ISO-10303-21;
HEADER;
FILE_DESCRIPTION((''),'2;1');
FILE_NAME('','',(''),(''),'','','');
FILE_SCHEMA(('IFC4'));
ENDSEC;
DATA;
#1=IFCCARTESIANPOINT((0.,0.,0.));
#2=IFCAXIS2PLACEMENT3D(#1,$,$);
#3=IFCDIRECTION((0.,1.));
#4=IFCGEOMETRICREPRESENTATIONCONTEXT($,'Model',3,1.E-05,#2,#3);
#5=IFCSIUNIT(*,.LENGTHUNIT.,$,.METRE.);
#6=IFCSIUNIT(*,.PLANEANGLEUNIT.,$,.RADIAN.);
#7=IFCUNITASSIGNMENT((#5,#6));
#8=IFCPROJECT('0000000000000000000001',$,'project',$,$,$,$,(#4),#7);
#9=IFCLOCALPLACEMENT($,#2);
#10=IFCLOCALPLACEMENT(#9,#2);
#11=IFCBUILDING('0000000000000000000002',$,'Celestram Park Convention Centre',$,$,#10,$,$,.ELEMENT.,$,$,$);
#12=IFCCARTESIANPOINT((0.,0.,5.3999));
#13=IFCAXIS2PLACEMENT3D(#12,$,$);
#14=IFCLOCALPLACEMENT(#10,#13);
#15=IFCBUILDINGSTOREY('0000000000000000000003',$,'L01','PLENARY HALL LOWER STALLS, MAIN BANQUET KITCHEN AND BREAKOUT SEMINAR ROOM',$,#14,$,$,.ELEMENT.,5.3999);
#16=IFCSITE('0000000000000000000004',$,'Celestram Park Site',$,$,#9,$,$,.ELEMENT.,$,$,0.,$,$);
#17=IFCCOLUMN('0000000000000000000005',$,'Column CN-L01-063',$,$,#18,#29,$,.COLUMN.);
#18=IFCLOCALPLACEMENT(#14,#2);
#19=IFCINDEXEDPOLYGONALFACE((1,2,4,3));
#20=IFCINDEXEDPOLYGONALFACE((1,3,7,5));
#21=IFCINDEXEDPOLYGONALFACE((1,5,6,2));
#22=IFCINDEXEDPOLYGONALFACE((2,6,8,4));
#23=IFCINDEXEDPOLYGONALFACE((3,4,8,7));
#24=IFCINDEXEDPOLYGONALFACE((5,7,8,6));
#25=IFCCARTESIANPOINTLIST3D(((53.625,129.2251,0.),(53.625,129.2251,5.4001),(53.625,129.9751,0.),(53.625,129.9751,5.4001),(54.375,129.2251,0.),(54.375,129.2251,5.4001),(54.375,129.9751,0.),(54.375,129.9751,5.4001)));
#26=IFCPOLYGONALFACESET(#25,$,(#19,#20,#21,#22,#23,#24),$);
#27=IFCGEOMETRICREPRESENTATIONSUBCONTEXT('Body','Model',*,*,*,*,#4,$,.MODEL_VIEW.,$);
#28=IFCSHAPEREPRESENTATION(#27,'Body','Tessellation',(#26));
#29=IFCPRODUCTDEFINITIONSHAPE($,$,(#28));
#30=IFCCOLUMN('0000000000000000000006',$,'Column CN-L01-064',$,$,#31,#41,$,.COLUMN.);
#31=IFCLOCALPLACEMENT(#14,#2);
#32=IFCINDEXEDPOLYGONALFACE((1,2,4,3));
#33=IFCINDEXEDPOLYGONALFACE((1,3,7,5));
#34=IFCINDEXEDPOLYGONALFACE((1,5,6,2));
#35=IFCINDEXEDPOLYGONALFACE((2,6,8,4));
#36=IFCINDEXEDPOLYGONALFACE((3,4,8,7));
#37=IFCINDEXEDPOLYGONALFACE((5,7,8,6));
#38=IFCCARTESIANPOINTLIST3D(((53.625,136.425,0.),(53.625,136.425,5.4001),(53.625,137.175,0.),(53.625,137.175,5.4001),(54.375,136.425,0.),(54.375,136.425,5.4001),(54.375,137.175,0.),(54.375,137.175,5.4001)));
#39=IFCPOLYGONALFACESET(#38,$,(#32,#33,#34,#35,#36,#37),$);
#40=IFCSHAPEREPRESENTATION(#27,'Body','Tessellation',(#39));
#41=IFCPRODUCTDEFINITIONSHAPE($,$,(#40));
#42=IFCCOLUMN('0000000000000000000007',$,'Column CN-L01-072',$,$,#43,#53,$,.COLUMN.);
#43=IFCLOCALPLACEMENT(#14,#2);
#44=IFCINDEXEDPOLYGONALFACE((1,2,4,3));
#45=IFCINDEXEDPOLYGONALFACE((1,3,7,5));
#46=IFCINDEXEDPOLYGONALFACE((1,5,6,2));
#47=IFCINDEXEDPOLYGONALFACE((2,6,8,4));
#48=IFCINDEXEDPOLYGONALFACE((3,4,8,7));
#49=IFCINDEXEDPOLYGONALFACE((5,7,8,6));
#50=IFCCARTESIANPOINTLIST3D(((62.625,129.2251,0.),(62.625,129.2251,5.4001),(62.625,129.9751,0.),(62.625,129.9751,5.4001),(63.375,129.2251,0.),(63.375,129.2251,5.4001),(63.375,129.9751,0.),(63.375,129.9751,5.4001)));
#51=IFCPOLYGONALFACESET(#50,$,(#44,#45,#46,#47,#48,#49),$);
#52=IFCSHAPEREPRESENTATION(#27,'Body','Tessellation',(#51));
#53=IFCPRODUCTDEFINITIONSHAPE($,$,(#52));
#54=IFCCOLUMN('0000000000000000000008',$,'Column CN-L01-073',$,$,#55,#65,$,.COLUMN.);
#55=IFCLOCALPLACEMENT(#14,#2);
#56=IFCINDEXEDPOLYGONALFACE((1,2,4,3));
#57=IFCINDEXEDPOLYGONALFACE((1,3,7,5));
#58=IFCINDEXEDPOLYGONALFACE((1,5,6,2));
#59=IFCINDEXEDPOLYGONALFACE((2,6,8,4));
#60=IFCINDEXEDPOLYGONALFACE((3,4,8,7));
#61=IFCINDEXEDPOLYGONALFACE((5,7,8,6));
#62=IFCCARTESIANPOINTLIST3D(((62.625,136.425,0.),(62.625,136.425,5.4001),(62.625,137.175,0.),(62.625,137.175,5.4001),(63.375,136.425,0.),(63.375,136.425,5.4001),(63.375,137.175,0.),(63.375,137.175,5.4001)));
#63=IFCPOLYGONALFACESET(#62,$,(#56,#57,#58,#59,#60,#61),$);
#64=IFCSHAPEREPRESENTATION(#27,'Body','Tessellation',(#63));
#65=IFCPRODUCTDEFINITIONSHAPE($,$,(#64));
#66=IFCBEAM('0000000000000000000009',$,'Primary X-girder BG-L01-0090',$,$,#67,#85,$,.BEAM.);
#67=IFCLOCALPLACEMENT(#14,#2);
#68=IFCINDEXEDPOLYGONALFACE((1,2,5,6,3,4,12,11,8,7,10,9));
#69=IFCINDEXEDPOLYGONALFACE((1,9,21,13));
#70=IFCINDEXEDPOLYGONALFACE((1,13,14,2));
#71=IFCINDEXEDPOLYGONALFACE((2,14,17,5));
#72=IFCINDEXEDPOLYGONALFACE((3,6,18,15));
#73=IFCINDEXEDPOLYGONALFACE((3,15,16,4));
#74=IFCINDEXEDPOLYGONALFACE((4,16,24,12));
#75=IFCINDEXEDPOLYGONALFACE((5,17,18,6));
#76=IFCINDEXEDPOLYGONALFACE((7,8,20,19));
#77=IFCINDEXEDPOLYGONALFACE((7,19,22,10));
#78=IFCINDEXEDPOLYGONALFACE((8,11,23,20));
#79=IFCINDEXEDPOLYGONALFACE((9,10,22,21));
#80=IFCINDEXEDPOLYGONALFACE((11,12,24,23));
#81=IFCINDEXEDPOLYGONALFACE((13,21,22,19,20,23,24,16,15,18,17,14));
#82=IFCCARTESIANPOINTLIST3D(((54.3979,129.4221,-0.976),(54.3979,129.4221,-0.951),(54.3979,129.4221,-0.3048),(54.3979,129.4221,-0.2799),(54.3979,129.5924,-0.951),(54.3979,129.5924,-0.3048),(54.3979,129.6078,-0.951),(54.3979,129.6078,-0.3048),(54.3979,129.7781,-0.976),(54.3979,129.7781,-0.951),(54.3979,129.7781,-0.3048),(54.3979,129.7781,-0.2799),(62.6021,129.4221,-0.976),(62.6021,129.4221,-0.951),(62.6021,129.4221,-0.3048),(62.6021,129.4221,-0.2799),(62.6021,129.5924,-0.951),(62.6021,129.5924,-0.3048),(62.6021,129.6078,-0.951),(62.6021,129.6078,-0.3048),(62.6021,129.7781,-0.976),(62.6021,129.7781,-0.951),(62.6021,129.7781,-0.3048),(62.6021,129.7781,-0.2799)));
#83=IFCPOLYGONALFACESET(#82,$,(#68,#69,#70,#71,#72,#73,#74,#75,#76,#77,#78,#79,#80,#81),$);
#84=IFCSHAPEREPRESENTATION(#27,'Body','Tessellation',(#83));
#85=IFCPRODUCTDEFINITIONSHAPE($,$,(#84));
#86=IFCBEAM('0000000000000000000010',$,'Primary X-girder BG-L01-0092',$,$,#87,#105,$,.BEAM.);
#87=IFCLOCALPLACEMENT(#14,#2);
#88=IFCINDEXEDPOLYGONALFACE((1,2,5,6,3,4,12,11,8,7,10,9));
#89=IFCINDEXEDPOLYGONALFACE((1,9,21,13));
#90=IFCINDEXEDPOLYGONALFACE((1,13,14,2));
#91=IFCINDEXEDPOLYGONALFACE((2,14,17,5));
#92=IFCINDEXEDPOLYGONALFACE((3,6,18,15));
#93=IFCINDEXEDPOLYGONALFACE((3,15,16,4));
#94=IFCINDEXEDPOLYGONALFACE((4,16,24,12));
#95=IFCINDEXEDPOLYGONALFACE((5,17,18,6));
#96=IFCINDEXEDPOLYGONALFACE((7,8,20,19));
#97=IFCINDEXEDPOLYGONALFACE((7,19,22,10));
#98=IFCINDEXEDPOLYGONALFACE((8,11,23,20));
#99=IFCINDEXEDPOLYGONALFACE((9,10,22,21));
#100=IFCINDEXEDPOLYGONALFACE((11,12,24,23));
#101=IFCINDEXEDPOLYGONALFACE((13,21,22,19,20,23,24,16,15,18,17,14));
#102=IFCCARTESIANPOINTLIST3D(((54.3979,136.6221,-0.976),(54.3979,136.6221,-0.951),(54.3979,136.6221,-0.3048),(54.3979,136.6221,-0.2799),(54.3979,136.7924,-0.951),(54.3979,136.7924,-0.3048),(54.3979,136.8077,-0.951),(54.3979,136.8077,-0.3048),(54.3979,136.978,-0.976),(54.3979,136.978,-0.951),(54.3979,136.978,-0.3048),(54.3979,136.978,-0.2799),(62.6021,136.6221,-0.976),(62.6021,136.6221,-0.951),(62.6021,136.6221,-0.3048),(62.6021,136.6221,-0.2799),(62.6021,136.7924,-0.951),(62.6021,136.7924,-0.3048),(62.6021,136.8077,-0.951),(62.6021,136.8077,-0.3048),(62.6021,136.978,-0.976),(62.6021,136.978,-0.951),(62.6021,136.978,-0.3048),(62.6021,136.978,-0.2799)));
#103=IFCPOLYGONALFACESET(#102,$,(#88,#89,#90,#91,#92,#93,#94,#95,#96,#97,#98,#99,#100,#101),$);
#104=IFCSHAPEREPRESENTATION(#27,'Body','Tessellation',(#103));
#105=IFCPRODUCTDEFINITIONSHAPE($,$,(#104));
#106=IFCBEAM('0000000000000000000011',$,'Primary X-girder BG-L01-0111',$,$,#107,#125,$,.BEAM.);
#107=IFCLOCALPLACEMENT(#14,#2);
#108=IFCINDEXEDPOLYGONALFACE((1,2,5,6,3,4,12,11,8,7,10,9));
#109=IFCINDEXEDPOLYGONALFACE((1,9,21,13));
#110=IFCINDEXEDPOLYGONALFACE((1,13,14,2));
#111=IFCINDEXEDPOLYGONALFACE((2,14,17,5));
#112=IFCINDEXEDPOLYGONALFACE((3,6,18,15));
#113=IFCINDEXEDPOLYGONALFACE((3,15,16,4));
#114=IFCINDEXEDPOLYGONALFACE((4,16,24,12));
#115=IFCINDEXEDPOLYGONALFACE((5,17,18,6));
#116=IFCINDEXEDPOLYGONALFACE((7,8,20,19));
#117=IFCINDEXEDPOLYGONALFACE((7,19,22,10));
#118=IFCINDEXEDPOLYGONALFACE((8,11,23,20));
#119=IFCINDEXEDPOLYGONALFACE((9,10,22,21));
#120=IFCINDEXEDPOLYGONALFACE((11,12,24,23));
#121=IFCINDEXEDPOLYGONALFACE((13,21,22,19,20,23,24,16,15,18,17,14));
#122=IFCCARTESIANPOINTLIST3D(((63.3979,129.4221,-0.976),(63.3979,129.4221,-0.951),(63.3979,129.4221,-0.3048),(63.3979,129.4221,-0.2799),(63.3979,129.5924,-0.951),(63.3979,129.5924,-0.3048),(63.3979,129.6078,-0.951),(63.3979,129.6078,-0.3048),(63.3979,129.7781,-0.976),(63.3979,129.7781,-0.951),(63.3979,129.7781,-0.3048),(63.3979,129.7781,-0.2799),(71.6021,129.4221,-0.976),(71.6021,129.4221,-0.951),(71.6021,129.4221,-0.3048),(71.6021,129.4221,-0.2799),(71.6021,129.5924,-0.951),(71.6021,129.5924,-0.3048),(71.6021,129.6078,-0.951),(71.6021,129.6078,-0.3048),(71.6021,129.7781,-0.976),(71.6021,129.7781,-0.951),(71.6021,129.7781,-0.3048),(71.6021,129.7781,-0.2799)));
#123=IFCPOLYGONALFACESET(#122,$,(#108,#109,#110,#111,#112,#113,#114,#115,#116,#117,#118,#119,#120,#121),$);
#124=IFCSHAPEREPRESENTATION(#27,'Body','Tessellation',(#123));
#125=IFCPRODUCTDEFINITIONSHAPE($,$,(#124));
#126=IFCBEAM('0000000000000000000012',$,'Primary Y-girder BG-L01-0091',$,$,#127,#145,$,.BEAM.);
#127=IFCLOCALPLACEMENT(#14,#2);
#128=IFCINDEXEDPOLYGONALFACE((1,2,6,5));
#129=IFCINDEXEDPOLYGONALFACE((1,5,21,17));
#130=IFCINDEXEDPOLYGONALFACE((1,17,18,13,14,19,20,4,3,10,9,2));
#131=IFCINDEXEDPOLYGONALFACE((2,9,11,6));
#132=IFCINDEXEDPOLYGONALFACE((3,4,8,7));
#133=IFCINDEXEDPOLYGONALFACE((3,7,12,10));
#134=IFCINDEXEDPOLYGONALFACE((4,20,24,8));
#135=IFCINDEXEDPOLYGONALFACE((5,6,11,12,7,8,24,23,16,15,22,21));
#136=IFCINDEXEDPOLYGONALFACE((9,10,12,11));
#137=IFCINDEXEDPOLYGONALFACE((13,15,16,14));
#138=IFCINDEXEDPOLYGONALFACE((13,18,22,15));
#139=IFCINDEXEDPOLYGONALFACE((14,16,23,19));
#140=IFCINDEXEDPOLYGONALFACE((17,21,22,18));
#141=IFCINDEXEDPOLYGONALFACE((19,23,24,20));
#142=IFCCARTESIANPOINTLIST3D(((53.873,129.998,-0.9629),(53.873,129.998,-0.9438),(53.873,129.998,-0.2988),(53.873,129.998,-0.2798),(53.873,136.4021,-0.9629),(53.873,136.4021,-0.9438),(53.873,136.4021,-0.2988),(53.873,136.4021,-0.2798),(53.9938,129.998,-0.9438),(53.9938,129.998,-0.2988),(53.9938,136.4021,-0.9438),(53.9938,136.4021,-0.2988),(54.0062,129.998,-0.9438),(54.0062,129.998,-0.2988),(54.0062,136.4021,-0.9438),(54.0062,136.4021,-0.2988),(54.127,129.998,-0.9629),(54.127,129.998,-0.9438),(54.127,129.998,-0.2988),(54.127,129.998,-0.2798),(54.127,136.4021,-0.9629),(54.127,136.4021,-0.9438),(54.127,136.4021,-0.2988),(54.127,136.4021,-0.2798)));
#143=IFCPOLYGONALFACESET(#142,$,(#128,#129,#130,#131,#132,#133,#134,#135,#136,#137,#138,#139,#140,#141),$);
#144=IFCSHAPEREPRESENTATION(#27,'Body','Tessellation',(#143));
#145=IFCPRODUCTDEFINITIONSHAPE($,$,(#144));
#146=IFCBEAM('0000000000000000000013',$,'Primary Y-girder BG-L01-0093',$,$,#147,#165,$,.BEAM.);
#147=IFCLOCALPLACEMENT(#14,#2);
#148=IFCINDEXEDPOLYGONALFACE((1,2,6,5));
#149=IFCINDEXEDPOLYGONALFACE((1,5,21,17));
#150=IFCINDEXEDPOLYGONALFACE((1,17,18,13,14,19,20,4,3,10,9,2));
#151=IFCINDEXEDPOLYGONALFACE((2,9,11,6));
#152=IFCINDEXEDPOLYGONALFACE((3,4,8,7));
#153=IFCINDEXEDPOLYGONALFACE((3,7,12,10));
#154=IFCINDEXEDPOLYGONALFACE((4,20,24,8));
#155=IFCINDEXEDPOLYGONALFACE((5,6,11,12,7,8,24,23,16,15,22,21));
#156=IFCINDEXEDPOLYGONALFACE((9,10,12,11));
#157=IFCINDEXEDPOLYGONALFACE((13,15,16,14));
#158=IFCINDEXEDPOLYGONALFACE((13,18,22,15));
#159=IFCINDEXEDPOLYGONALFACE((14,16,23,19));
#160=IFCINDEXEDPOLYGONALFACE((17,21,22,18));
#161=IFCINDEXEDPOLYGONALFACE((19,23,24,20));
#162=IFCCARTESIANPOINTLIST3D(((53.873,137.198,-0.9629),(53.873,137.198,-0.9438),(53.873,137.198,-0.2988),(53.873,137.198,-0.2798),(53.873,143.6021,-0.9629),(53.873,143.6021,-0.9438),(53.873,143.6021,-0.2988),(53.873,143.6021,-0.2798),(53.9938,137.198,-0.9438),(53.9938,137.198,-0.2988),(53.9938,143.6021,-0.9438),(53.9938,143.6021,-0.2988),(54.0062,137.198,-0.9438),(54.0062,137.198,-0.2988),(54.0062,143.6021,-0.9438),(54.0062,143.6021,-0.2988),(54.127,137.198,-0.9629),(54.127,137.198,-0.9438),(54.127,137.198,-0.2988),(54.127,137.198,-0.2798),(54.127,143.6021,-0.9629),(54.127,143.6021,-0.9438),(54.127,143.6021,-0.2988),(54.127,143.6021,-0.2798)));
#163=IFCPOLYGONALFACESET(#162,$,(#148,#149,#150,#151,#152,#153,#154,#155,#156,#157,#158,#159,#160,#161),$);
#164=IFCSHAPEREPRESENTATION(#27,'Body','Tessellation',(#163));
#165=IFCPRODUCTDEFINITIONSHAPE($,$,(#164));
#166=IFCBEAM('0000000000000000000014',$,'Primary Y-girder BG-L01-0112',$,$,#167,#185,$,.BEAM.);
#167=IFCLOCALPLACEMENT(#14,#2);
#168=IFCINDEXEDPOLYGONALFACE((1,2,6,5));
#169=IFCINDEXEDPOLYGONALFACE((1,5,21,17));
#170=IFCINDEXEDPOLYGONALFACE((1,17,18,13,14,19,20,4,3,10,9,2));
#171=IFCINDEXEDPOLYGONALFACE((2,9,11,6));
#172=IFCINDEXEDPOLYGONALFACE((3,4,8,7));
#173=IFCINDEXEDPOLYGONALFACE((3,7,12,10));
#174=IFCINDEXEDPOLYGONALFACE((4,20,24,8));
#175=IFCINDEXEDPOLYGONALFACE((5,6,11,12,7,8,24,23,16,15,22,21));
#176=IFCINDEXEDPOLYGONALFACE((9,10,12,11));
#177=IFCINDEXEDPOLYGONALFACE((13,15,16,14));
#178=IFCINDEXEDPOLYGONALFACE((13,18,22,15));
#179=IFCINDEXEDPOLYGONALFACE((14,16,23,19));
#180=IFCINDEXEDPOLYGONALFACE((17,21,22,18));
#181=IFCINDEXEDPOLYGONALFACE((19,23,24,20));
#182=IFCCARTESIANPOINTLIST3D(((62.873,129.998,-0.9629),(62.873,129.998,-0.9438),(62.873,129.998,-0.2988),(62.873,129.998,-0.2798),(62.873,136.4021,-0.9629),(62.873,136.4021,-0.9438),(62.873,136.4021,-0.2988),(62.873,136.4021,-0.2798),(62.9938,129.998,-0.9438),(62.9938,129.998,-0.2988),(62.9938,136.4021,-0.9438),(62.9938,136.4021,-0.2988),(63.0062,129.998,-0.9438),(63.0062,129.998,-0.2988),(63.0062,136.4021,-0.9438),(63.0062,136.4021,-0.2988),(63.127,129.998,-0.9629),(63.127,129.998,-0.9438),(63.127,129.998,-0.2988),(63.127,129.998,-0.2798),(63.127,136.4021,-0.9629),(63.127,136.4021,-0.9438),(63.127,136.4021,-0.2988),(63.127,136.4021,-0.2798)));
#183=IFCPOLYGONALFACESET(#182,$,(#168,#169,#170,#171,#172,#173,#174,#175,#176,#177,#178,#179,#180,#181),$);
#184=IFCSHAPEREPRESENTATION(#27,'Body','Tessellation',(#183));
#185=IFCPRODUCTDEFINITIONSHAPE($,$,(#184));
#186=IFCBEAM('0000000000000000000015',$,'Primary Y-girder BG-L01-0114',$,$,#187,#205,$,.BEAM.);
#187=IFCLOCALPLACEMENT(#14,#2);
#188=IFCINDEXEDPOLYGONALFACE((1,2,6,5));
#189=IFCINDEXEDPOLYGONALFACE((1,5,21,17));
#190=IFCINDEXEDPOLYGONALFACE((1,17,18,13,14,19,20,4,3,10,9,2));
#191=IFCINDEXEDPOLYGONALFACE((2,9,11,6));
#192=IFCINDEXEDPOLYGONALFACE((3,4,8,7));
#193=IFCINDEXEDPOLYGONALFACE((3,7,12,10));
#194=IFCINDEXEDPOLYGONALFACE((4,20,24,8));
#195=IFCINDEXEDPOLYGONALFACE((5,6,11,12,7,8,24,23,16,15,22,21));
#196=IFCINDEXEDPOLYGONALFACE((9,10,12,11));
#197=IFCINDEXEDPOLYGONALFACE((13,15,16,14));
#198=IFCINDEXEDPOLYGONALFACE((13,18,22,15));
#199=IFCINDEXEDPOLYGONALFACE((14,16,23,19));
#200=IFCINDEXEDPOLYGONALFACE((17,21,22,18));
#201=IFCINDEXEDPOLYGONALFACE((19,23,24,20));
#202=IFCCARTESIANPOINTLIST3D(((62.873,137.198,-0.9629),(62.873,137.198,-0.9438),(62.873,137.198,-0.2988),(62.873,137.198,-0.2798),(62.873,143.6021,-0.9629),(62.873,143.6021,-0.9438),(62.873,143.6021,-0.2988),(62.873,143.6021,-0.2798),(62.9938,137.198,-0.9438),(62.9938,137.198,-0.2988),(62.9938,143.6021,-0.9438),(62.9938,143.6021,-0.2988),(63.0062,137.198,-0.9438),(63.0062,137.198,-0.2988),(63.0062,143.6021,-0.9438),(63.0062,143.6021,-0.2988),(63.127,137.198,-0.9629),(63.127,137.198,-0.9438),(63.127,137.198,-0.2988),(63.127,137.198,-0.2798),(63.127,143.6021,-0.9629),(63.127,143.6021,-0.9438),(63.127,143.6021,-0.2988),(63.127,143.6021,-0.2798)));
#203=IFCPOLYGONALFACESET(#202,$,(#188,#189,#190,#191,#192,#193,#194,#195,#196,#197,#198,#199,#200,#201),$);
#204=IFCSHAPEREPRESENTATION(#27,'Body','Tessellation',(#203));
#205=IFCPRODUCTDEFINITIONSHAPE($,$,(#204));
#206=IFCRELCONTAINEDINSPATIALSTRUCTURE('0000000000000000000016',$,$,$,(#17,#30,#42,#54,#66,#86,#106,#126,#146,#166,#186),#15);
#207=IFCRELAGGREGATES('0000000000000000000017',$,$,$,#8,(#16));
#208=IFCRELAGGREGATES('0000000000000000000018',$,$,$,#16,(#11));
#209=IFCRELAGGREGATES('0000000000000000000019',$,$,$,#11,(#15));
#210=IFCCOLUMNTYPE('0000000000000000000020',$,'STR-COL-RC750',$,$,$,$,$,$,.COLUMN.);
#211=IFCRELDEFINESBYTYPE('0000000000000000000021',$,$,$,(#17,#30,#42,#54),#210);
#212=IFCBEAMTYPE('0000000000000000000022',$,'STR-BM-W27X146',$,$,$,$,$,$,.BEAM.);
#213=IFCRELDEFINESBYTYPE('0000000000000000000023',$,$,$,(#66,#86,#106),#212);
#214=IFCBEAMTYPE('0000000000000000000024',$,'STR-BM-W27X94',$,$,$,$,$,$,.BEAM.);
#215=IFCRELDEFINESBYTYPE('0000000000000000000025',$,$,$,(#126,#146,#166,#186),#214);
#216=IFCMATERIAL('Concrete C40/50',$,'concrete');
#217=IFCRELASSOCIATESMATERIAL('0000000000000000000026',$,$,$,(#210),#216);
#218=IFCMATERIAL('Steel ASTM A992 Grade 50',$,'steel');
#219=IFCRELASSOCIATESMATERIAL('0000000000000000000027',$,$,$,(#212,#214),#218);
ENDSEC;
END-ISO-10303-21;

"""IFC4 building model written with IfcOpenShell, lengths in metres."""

from ifc_helpers import new_model, si_unit, direction, frame, origin, origin_2d, place, context, subcontext, project, spatial, rectangle, i_section, extrude, material, material_profile, profile_set, type_object, element, save


model = new_model("IFC4")

# Units and contexts
model_context = context("Model", 3, precision=1e-05, world=origin(), true_north=direction((0.0, 1.0)))
body_context = subcontext(model_context, "Body", "Model", "MODEL_VIEW")
ifc_project = project(units=[si_unit("LENGTHUNIT", "METRE"), si_unit("PLANEANGLEUNIT", "RADIAN")], contexts=[model_context])

# Site, building, storey
site_placement = place(None, origin())
site = spatial("IfcSite", under=ifc_project, at=site_placement, Name="Celestram Park Site", CompositionType="ELEMENT", RefElevation=0.0)
building_placement = place(site_placement, origin())
building = spatial("IfcBuilding", under=site, at=building_placement, Name="Celestram Park Convention Centre", CompositionType="ELEMENT")
storey_placement = place(building_placement, frame((0.0, 0.0, 5.3999)))
storey = spatial("IfcBuildingStorey", under=building, at=storey_placement, Name="L01", Description="PLENARY HALL LOWER STALLS, MAIN BANQUET KITCHEN AND BREAKOUT SEMINAR ROOM", CompositionType="ELEMENT", Elevation=5.3999)

# Columns
ifc_material_1 = material(Name="Concrete C40/50", Category="concrete")
ifc_material_profile_1 = material_profile(ifc_material_1, rectangle(XDim=0.75, YDim=0.75, at=origin_2d()), Name="RC750X750")
ifc_profile_set_1 = profile_set([ifc_material_profile_1], Name="Concrete C40/50")
column_type = type_object("IfcColumnType", Name="STR-COL-RC750", PredefinedType="COLUMN", material=ifc_profile_set_1)
for number, where, z_axis, x_axis, name in (
    (1, (54.0, 129.6001, 0.0), (0.0, 0.0, 1.0), (1.0, 0.0, 0.0), "Column CN-L01-063"),
    (2, (54.0, 136.8, 0.0), (0.0, 0.0, 1.0), (1.0, 0.0, 0.0), "Column CN-L01-064"),
    (3, (63.0, 129.6001, 0.0), (0.0, 0.0, 1.0), (1.0, 0.0, 0.0), "Column CN-L01-072"),
    (4, (63.0, 136.8, 0.0), (0.0, 0.0, 1.0), (1.0, 0.0, 0.0), "Column CN-L01-073"),
):
    element("IfcColumn", number, at=place(storey_placement, frame(where, z_axis=z_axis, x_axis=x_axis)), inside=storey, type_object=column_type, Name=name, PredefinedType="COLUMN", context=body_context, shape_type="SweptSolid", body=[
        extrude(rectangle(XDim=0.75, YDim=0.75, at=origin_2d()), origin(), (0.0, 0.0, 1.0), 5.4001),
    ])

# Beams
ifc_material_2 = material(Name="Steel ASTM A992 Grade 50", Category="steel")
ifc_material_profile_2 = material_profile(ifc_material_2, i_section(OverallWidth=0.356, OverallDepth=0.696, WebThickness=0.0154, FlangeThickness=0.0249, at=origin_2d()), Name="W27X146")
ifc_profile_set_2 = profile_set([ifc_material_profile_2], Name="Steel ASTM A992 Grade 50")
beam_type_1 = type_object("IfcBeamType", Name="STR-BM-W27X146", PredefinedType="BEAM", material=ifc_profile_set_2)
for number, where, z_axis, x_axis, name in (
    (5, (54.3979, 129.6001, -0.6279), (1.0, 0.0, 0.0), (0.0, 1.0, 0.0), "Primary X-girder BG-L01-0090"),
    (6, (54.3979, 136.8, -0.6279), (1.0, 0.0, 0.0), (0.0, 1.0, 0.0), "Primary X-girder BG-L01-0092"),
    (7, (63.3979, 129.6001, -0.6279), (1.0, 0.0, 0.0), (0.0, 1.0, 0.0), "Primary X-girder BG-L01-0111"),
):
    element("IfcBeam", number, at=place(storey_placement, frame(where, z_axis=z_axis, x_axis=x_axis)), inside=storey, type_object=beam_type_1, Name=name, PredefinedType="BEAM", context=body_context, shape_type="SweptSolid", body=[
        extrude(i_section(OverallWidth=0.356, OverallDepth=0.696, WebThickness=0.0154, FlangeThickness=0.0249, at=origin_2d()), origin(), (0.0, 0.0, 1.0), 8.2041),
    ])
ifc_material_profile_3 = material_profile(ifc_material_2, i_section(OverallWidth=0.2539, OverallDepth=0.6831, WebThickness=0.0125, FlangeThickness=0.019, at=origin_2d()), Name="W27X94")
ifc_profile_set_3 = profile_set([ifc_material_profile_3], Name="Steel ASTM A992 Grade 50")
beam_type_2 = type_object("IfcBeamType", Name="STR-BM-W27X94", PredefinedType="BEAM", material=ifc_profile_set_3)
for number, where, z_axis, x_axis, name in (
    (8, (54.0, 129.998, -0.6213), (0.0, 1.0, 0.0), (-1.0, 0.0, 0.0), "Primary Y-girder BG-L01-0091"),
    (9, (54.0, 137.198, -0.6213), (0.0, 1.0, 0.0), (-1.0, 0.0, 0.0), "Primary Y-girder BG-L01-0093"),
    (10, (63.0, 129.998, -0.6213), (0.0, 1.0, 0.0), (-1.0, 0.0, 0.0), "Primary Y-girder BG-L01-0112"),
    (11, (63.0, 137.198, -0.6213), (0.0, 1.0, 0.0), (-1.0, 0.0, 0.0), "Primary Y-girder BG-L01-0114"),
):
    element("IfcBeam", number, at=place(storey_placement, frame(where, z_axis=z_axis, x_axis=x_axis)), inside=storey, type_object=beam_type_2, Name=name, PredefinedType="BEAM", context=body_context, shape_type="SweptSolid", body=[
        extrude(i_section(OverallWidth=0.2539, OverallDepth=0.6831, WebThickness=0.0125, FlangeThickness=0.019, at=origin_2d()), origin(), (0.0, 0.0, 1.0), 6.4041),
    ])

save(model, "model.ifc")
